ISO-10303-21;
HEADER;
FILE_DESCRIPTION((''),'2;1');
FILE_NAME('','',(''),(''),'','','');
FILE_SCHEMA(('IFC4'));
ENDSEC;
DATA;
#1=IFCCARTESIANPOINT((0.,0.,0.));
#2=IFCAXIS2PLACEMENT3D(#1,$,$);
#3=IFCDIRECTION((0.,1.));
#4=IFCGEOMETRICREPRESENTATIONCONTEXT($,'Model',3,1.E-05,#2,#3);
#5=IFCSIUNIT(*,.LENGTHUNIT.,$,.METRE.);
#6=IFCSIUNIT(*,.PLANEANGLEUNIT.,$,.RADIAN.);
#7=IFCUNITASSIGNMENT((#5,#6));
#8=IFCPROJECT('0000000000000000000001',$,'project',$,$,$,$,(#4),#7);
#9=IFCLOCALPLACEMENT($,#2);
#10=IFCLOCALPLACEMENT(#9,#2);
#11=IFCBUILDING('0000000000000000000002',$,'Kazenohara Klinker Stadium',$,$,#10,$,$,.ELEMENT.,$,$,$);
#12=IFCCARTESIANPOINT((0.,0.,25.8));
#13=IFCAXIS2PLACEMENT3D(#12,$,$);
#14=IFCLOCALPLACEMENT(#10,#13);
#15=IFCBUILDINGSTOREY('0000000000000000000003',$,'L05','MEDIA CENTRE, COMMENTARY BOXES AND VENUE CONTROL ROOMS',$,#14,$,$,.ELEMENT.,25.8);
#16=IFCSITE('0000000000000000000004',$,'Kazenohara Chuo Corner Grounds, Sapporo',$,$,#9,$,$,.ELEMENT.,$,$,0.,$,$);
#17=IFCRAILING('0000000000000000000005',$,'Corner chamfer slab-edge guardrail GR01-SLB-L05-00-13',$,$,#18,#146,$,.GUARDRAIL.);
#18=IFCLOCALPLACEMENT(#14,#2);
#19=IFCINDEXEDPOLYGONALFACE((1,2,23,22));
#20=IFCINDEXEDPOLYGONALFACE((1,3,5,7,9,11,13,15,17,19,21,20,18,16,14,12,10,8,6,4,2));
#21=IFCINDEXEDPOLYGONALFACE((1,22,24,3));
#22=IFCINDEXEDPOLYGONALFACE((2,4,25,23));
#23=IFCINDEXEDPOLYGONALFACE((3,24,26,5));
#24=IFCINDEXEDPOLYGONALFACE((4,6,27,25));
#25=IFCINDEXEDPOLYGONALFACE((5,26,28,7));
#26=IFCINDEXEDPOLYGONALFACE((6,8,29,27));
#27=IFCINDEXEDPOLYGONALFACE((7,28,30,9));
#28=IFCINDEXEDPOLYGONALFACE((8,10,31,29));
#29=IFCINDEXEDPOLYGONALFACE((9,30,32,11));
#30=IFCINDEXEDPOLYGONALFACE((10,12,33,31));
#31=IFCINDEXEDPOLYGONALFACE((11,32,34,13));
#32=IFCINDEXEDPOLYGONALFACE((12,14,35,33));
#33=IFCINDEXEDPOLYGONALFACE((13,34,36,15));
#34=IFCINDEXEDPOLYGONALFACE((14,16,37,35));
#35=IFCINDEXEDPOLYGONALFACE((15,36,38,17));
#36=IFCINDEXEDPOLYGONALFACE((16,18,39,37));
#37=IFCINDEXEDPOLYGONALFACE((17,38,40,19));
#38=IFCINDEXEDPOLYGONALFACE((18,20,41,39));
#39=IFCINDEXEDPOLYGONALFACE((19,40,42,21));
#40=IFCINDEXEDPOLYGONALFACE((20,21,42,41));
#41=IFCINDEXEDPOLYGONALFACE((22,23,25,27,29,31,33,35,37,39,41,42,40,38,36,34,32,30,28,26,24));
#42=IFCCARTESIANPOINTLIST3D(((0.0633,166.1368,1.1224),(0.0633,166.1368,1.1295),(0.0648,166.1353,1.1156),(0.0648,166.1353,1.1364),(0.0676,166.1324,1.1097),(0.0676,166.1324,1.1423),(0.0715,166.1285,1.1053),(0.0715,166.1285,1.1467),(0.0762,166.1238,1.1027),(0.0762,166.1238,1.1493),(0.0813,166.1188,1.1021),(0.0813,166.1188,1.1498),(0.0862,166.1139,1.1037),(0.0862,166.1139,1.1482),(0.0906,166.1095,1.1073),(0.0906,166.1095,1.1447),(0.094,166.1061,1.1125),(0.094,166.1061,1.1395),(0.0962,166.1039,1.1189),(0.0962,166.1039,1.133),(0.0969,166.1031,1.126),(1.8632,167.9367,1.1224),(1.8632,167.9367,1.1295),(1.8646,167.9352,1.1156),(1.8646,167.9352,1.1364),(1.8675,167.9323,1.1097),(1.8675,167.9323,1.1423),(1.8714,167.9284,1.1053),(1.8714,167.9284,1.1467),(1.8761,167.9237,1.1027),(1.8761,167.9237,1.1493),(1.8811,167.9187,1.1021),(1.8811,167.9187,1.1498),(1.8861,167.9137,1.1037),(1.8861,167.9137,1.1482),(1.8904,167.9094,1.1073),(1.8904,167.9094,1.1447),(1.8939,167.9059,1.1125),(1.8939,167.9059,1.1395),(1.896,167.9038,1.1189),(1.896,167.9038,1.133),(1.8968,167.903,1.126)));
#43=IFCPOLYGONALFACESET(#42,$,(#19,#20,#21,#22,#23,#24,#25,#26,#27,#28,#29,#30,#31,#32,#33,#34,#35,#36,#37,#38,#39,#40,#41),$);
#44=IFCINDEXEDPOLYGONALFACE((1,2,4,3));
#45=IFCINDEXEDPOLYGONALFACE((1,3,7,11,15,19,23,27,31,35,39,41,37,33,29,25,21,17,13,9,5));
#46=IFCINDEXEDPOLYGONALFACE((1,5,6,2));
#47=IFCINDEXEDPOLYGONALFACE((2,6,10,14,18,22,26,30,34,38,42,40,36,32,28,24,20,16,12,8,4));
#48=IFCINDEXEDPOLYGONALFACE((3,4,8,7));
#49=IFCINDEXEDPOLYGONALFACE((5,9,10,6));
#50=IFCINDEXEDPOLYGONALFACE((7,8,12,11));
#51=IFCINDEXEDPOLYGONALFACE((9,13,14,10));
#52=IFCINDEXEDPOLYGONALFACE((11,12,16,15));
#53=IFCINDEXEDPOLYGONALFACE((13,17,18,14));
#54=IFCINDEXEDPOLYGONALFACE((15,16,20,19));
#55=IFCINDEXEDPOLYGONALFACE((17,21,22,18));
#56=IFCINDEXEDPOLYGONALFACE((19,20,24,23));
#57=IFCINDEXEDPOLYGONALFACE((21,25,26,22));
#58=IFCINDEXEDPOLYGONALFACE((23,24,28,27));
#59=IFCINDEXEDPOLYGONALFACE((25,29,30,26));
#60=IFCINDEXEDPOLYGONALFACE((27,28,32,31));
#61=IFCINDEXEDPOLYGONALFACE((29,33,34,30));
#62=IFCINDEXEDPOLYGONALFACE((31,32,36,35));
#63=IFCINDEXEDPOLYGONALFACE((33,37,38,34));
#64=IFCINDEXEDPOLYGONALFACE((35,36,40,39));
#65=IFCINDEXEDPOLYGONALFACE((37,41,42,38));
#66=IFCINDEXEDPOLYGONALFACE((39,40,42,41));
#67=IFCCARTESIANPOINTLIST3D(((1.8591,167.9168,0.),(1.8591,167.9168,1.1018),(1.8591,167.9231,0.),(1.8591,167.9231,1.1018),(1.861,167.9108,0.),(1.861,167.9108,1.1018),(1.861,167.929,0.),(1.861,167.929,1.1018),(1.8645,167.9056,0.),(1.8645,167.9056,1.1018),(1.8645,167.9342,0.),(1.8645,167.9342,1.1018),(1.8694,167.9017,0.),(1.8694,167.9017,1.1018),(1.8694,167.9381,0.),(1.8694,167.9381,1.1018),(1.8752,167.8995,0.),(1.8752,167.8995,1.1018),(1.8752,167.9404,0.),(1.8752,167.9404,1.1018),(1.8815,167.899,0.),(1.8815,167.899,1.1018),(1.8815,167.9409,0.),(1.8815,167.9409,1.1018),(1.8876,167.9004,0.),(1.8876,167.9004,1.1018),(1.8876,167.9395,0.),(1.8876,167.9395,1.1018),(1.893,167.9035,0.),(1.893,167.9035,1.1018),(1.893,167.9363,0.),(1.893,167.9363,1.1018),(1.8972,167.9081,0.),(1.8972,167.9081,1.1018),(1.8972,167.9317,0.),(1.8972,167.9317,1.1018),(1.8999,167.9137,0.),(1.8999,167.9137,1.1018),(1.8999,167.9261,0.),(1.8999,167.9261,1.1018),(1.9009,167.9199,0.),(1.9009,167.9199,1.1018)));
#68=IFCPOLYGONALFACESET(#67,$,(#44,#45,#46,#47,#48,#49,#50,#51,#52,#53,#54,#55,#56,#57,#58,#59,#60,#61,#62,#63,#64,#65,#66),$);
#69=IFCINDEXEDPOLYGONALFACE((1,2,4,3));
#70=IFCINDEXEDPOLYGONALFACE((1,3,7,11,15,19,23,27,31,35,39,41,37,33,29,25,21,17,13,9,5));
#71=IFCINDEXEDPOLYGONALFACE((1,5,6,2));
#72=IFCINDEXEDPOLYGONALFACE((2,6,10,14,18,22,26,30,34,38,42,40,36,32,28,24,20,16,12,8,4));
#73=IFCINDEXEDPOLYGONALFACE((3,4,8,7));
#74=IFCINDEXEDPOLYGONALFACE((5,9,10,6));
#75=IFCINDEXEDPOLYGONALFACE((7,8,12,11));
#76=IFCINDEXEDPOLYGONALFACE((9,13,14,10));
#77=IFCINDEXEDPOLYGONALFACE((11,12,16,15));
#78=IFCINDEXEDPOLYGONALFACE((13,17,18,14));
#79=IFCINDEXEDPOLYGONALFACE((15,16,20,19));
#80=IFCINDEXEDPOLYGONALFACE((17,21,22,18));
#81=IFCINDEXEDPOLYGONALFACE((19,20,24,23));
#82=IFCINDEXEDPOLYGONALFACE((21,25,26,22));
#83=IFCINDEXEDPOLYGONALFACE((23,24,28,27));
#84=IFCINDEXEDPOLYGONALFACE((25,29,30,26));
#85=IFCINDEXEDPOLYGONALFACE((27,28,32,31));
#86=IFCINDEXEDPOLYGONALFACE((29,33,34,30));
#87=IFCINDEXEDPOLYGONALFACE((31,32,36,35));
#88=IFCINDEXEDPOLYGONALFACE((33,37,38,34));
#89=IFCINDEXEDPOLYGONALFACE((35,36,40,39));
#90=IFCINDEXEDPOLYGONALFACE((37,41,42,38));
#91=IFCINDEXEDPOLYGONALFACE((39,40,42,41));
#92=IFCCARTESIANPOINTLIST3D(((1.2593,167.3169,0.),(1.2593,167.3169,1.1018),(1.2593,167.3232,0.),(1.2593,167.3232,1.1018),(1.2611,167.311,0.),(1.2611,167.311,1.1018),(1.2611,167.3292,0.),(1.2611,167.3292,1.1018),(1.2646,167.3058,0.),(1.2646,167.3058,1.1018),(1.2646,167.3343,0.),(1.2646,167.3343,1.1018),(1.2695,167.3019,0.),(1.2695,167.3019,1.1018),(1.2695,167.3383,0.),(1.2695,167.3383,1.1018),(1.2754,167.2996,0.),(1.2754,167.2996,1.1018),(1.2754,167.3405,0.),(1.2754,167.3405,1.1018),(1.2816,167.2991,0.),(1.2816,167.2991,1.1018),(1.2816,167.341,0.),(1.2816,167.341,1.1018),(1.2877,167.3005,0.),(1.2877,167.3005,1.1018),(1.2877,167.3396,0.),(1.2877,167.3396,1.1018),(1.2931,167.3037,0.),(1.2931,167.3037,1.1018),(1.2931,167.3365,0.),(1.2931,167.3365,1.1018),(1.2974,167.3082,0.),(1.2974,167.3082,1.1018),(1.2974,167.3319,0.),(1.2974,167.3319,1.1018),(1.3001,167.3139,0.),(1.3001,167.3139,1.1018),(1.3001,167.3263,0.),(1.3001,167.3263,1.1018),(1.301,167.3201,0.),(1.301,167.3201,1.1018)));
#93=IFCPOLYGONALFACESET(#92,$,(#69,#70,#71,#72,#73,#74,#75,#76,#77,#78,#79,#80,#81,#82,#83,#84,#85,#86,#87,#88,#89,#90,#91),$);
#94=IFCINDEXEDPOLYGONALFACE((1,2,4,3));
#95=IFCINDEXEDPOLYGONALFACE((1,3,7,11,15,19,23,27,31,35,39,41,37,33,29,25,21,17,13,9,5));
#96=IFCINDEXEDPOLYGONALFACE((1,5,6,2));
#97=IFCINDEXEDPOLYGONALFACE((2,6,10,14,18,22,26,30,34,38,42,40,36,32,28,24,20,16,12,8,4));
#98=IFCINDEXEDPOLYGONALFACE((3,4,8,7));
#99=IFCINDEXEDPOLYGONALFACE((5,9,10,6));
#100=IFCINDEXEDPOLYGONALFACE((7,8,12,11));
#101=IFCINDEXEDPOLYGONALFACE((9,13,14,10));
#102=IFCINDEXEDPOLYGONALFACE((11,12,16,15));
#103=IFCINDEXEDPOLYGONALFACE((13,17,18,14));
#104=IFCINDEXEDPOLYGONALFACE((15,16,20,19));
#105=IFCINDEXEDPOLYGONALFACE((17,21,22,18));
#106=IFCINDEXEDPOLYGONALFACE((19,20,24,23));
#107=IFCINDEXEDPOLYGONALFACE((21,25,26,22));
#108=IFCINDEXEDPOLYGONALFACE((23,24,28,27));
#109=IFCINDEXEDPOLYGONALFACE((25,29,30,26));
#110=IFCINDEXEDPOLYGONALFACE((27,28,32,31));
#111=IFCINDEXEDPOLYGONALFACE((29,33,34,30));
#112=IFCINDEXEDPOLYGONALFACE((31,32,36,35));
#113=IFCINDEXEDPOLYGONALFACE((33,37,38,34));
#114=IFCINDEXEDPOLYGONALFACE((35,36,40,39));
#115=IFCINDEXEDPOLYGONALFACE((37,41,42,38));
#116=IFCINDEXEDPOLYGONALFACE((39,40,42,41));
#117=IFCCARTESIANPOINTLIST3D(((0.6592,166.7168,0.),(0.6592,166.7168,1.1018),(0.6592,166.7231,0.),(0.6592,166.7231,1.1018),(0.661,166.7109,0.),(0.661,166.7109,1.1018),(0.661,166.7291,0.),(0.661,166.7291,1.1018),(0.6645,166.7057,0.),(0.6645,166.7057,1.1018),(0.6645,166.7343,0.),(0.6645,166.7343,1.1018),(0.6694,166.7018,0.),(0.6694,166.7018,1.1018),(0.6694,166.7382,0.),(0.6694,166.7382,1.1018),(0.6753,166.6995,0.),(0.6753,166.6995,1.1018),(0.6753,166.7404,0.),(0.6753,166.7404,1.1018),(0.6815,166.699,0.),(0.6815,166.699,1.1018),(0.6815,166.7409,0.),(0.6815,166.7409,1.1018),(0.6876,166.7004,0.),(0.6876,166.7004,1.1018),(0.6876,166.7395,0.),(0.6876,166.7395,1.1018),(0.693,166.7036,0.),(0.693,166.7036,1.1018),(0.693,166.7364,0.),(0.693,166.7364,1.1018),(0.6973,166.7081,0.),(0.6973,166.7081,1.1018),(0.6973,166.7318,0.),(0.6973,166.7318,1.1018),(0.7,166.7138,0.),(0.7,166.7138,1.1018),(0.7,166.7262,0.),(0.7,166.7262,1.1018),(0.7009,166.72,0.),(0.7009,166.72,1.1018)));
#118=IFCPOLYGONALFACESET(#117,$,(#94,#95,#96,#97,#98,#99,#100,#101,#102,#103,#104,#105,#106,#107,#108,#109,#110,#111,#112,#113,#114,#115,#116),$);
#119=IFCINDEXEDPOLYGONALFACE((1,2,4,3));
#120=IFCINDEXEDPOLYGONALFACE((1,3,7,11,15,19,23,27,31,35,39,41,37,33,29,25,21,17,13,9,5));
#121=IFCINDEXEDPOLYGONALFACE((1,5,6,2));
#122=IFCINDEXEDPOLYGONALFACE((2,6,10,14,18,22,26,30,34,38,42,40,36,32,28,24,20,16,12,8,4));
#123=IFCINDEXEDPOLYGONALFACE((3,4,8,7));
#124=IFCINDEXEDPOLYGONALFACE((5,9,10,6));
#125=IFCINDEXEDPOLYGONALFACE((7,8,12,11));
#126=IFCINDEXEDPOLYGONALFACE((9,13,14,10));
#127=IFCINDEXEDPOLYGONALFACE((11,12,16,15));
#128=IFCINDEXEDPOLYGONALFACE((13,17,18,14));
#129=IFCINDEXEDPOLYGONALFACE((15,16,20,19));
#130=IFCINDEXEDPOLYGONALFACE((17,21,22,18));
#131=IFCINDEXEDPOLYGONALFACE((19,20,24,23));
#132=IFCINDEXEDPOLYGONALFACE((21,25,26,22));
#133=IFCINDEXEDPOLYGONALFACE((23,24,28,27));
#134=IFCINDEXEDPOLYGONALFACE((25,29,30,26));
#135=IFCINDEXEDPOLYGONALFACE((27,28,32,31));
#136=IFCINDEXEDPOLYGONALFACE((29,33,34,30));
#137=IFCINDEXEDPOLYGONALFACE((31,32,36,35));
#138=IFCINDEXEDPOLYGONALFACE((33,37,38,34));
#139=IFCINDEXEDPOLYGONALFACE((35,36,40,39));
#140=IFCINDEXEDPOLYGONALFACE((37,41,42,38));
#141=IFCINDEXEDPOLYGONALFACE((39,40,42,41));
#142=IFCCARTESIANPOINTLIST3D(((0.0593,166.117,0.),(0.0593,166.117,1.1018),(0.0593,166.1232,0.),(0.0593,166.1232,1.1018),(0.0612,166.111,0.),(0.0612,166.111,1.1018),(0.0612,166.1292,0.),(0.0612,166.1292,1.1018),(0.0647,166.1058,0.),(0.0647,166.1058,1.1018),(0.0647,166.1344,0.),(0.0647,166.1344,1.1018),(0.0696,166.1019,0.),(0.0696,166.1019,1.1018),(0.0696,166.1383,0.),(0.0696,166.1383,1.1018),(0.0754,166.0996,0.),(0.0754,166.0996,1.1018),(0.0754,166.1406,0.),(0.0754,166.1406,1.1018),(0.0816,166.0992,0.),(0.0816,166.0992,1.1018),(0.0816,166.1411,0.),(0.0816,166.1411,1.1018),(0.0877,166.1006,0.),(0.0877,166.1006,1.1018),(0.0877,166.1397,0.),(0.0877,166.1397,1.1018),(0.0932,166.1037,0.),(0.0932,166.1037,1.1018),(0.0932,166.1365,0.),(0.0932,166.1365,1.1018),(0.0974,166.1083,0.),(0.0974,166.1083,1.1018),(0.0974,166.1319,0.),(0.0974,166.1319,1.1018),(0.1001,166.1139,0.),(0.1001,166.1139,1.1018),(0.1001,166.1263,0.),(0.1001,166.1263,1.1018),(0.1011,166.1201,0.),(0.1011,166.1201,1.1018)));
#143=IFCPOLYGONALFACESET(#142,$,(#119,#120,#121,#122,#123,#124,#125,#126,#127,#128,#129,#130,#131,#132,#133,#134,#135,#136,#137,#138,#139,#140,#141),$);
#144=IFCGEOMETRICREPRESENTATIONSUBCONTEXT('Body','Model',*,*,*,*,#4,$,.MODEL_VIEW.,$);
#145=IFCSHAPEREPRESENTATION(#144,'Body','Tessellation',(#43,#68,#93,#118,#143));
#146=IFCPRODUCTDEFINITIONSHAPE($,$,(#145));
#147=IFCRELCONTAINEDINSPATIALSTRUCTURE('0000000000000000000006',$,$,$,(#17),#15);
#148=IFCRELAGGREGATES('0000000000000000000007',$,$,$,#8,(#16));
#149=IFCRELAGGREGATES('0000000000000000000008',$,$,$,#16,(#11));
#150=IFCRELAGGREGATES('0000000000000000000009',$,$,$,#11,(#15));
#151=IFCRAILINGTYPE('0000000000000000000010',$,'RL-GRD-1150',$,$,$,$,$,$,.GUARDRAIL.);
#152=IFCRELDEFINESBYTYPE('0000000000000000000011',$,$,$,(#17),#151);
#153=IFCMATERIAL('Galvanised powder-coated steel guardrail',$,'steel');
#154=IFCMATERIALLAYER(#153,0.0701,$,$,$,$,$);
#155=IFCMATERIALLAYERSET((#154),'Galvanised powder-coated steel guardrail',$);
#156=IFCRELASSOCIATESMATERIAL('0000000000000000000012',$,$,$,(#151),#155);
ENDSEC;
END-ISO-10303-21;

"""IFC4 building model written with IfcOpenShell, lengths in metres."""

from ifc_helpers import new_model, si_unit, direction, frame, origin, origin_2d, place, context, subcontext, project, spatial, circle, extrude, material, layer, layer_set, type_object, element, save


model = new_model("IFC4")

# Units and contexts
model_context = context("Model", 3, precision=1e-05, world=origin(), true_north=direction((0.0, 1.0)))
body_context = subcontext(model_context, "Body", "Model", "MODEL_VIEW")
ifc_project = project(units=[si_unit("LENGTHUNIT", "METRE"), si_unit("PLANEANGLEUNIT", "RADIAN")], contexts=[model_context])

# Site, building, storey
site_placement = place(None, origin())
site = spatial("IfcSite", under=ifc_project, at=site_placement, Name="Kazenohara Chuo Corner Grounds, Sapporo", CompositionType="ELEMENT", RefElevation=0.0)
building_placement = place(site_placement, origin())
building = spatial("IfcBuilding", under=site, at=building_placement, Name="Kazenohara Klinker Stadium", CompositionType="ELEMENT")
storey_placement = place(building_placement, frame((0.0, 0.0, 25.8)))
storey = spatial("IfcBuildingStorey", under=building, at=storey_placement, Name="L05", Description="MEDIA CENTRE, COMMENTARY BOXES AND VENUE CONTROL ROOMS", CompositionType="ELEMENT", Elevation=25.8)

# Railing
ifc_material_1 = material(Name="Galvanised powder-coated steel guardrail", Category="steel")
ifc_layer_1 = layer(ifc_material_1, 0.0701)
ifc_layer_set_1 = layer_set([ifc_layer_1], Name="Galvanised powder-coated steel guardrail")
railing_type = type_object("IfcRailingType", Name="RL-GRD-1150", PredefinedType="GUARDRAIL", material=ifc_layer_set_1)
railing_placement = place(storey_placement, frame((1.8799, 167.9199, 0.0)))
element("IfcRailing", 1, at=railing_placement, inside=storey, type_object=railing_type, Name="Corner chamfer slab-edge guardrail GR01-SLB-L05-00-13", PredefinedType="GUARDRAIL", context=body_context, shape_type="SweptSolid", body=[
    extrude(circle(Radius=0.0239, at=origin_2d()), frame((0.0, 0.0, 1.126), z_axis=(-0.707107, -0.707107, 0.0), x_axis=(0.707107, -0.707107, 0.0)), (0.0, 0.0, 1.0), 2.5454),
    extrude(circle(Radius=0.021, at=origin_2d()), origin(), (0.0, 0.0, 1.0), 1.1018),
    extrude(circle(Radius=0.021, at=origin_2d()), frame((-0.5999, -0.5999, 0.0)), (0.0, 0.0, 1.0), 1.1018),
    extrude(circle(Radius=0.021, at=origin_2d()), frame((-1.2, -1.2, 0.0)), (0.0, 0.0, 1.0), 1.1018),
    extrude(circle(Radius=0.021, at=origin_2d()), frame((-1.7998, -1.7998, 0.0)), (0.0, 0.0, 1.0), 1.1018),
])

save(model, "model.ifc")
